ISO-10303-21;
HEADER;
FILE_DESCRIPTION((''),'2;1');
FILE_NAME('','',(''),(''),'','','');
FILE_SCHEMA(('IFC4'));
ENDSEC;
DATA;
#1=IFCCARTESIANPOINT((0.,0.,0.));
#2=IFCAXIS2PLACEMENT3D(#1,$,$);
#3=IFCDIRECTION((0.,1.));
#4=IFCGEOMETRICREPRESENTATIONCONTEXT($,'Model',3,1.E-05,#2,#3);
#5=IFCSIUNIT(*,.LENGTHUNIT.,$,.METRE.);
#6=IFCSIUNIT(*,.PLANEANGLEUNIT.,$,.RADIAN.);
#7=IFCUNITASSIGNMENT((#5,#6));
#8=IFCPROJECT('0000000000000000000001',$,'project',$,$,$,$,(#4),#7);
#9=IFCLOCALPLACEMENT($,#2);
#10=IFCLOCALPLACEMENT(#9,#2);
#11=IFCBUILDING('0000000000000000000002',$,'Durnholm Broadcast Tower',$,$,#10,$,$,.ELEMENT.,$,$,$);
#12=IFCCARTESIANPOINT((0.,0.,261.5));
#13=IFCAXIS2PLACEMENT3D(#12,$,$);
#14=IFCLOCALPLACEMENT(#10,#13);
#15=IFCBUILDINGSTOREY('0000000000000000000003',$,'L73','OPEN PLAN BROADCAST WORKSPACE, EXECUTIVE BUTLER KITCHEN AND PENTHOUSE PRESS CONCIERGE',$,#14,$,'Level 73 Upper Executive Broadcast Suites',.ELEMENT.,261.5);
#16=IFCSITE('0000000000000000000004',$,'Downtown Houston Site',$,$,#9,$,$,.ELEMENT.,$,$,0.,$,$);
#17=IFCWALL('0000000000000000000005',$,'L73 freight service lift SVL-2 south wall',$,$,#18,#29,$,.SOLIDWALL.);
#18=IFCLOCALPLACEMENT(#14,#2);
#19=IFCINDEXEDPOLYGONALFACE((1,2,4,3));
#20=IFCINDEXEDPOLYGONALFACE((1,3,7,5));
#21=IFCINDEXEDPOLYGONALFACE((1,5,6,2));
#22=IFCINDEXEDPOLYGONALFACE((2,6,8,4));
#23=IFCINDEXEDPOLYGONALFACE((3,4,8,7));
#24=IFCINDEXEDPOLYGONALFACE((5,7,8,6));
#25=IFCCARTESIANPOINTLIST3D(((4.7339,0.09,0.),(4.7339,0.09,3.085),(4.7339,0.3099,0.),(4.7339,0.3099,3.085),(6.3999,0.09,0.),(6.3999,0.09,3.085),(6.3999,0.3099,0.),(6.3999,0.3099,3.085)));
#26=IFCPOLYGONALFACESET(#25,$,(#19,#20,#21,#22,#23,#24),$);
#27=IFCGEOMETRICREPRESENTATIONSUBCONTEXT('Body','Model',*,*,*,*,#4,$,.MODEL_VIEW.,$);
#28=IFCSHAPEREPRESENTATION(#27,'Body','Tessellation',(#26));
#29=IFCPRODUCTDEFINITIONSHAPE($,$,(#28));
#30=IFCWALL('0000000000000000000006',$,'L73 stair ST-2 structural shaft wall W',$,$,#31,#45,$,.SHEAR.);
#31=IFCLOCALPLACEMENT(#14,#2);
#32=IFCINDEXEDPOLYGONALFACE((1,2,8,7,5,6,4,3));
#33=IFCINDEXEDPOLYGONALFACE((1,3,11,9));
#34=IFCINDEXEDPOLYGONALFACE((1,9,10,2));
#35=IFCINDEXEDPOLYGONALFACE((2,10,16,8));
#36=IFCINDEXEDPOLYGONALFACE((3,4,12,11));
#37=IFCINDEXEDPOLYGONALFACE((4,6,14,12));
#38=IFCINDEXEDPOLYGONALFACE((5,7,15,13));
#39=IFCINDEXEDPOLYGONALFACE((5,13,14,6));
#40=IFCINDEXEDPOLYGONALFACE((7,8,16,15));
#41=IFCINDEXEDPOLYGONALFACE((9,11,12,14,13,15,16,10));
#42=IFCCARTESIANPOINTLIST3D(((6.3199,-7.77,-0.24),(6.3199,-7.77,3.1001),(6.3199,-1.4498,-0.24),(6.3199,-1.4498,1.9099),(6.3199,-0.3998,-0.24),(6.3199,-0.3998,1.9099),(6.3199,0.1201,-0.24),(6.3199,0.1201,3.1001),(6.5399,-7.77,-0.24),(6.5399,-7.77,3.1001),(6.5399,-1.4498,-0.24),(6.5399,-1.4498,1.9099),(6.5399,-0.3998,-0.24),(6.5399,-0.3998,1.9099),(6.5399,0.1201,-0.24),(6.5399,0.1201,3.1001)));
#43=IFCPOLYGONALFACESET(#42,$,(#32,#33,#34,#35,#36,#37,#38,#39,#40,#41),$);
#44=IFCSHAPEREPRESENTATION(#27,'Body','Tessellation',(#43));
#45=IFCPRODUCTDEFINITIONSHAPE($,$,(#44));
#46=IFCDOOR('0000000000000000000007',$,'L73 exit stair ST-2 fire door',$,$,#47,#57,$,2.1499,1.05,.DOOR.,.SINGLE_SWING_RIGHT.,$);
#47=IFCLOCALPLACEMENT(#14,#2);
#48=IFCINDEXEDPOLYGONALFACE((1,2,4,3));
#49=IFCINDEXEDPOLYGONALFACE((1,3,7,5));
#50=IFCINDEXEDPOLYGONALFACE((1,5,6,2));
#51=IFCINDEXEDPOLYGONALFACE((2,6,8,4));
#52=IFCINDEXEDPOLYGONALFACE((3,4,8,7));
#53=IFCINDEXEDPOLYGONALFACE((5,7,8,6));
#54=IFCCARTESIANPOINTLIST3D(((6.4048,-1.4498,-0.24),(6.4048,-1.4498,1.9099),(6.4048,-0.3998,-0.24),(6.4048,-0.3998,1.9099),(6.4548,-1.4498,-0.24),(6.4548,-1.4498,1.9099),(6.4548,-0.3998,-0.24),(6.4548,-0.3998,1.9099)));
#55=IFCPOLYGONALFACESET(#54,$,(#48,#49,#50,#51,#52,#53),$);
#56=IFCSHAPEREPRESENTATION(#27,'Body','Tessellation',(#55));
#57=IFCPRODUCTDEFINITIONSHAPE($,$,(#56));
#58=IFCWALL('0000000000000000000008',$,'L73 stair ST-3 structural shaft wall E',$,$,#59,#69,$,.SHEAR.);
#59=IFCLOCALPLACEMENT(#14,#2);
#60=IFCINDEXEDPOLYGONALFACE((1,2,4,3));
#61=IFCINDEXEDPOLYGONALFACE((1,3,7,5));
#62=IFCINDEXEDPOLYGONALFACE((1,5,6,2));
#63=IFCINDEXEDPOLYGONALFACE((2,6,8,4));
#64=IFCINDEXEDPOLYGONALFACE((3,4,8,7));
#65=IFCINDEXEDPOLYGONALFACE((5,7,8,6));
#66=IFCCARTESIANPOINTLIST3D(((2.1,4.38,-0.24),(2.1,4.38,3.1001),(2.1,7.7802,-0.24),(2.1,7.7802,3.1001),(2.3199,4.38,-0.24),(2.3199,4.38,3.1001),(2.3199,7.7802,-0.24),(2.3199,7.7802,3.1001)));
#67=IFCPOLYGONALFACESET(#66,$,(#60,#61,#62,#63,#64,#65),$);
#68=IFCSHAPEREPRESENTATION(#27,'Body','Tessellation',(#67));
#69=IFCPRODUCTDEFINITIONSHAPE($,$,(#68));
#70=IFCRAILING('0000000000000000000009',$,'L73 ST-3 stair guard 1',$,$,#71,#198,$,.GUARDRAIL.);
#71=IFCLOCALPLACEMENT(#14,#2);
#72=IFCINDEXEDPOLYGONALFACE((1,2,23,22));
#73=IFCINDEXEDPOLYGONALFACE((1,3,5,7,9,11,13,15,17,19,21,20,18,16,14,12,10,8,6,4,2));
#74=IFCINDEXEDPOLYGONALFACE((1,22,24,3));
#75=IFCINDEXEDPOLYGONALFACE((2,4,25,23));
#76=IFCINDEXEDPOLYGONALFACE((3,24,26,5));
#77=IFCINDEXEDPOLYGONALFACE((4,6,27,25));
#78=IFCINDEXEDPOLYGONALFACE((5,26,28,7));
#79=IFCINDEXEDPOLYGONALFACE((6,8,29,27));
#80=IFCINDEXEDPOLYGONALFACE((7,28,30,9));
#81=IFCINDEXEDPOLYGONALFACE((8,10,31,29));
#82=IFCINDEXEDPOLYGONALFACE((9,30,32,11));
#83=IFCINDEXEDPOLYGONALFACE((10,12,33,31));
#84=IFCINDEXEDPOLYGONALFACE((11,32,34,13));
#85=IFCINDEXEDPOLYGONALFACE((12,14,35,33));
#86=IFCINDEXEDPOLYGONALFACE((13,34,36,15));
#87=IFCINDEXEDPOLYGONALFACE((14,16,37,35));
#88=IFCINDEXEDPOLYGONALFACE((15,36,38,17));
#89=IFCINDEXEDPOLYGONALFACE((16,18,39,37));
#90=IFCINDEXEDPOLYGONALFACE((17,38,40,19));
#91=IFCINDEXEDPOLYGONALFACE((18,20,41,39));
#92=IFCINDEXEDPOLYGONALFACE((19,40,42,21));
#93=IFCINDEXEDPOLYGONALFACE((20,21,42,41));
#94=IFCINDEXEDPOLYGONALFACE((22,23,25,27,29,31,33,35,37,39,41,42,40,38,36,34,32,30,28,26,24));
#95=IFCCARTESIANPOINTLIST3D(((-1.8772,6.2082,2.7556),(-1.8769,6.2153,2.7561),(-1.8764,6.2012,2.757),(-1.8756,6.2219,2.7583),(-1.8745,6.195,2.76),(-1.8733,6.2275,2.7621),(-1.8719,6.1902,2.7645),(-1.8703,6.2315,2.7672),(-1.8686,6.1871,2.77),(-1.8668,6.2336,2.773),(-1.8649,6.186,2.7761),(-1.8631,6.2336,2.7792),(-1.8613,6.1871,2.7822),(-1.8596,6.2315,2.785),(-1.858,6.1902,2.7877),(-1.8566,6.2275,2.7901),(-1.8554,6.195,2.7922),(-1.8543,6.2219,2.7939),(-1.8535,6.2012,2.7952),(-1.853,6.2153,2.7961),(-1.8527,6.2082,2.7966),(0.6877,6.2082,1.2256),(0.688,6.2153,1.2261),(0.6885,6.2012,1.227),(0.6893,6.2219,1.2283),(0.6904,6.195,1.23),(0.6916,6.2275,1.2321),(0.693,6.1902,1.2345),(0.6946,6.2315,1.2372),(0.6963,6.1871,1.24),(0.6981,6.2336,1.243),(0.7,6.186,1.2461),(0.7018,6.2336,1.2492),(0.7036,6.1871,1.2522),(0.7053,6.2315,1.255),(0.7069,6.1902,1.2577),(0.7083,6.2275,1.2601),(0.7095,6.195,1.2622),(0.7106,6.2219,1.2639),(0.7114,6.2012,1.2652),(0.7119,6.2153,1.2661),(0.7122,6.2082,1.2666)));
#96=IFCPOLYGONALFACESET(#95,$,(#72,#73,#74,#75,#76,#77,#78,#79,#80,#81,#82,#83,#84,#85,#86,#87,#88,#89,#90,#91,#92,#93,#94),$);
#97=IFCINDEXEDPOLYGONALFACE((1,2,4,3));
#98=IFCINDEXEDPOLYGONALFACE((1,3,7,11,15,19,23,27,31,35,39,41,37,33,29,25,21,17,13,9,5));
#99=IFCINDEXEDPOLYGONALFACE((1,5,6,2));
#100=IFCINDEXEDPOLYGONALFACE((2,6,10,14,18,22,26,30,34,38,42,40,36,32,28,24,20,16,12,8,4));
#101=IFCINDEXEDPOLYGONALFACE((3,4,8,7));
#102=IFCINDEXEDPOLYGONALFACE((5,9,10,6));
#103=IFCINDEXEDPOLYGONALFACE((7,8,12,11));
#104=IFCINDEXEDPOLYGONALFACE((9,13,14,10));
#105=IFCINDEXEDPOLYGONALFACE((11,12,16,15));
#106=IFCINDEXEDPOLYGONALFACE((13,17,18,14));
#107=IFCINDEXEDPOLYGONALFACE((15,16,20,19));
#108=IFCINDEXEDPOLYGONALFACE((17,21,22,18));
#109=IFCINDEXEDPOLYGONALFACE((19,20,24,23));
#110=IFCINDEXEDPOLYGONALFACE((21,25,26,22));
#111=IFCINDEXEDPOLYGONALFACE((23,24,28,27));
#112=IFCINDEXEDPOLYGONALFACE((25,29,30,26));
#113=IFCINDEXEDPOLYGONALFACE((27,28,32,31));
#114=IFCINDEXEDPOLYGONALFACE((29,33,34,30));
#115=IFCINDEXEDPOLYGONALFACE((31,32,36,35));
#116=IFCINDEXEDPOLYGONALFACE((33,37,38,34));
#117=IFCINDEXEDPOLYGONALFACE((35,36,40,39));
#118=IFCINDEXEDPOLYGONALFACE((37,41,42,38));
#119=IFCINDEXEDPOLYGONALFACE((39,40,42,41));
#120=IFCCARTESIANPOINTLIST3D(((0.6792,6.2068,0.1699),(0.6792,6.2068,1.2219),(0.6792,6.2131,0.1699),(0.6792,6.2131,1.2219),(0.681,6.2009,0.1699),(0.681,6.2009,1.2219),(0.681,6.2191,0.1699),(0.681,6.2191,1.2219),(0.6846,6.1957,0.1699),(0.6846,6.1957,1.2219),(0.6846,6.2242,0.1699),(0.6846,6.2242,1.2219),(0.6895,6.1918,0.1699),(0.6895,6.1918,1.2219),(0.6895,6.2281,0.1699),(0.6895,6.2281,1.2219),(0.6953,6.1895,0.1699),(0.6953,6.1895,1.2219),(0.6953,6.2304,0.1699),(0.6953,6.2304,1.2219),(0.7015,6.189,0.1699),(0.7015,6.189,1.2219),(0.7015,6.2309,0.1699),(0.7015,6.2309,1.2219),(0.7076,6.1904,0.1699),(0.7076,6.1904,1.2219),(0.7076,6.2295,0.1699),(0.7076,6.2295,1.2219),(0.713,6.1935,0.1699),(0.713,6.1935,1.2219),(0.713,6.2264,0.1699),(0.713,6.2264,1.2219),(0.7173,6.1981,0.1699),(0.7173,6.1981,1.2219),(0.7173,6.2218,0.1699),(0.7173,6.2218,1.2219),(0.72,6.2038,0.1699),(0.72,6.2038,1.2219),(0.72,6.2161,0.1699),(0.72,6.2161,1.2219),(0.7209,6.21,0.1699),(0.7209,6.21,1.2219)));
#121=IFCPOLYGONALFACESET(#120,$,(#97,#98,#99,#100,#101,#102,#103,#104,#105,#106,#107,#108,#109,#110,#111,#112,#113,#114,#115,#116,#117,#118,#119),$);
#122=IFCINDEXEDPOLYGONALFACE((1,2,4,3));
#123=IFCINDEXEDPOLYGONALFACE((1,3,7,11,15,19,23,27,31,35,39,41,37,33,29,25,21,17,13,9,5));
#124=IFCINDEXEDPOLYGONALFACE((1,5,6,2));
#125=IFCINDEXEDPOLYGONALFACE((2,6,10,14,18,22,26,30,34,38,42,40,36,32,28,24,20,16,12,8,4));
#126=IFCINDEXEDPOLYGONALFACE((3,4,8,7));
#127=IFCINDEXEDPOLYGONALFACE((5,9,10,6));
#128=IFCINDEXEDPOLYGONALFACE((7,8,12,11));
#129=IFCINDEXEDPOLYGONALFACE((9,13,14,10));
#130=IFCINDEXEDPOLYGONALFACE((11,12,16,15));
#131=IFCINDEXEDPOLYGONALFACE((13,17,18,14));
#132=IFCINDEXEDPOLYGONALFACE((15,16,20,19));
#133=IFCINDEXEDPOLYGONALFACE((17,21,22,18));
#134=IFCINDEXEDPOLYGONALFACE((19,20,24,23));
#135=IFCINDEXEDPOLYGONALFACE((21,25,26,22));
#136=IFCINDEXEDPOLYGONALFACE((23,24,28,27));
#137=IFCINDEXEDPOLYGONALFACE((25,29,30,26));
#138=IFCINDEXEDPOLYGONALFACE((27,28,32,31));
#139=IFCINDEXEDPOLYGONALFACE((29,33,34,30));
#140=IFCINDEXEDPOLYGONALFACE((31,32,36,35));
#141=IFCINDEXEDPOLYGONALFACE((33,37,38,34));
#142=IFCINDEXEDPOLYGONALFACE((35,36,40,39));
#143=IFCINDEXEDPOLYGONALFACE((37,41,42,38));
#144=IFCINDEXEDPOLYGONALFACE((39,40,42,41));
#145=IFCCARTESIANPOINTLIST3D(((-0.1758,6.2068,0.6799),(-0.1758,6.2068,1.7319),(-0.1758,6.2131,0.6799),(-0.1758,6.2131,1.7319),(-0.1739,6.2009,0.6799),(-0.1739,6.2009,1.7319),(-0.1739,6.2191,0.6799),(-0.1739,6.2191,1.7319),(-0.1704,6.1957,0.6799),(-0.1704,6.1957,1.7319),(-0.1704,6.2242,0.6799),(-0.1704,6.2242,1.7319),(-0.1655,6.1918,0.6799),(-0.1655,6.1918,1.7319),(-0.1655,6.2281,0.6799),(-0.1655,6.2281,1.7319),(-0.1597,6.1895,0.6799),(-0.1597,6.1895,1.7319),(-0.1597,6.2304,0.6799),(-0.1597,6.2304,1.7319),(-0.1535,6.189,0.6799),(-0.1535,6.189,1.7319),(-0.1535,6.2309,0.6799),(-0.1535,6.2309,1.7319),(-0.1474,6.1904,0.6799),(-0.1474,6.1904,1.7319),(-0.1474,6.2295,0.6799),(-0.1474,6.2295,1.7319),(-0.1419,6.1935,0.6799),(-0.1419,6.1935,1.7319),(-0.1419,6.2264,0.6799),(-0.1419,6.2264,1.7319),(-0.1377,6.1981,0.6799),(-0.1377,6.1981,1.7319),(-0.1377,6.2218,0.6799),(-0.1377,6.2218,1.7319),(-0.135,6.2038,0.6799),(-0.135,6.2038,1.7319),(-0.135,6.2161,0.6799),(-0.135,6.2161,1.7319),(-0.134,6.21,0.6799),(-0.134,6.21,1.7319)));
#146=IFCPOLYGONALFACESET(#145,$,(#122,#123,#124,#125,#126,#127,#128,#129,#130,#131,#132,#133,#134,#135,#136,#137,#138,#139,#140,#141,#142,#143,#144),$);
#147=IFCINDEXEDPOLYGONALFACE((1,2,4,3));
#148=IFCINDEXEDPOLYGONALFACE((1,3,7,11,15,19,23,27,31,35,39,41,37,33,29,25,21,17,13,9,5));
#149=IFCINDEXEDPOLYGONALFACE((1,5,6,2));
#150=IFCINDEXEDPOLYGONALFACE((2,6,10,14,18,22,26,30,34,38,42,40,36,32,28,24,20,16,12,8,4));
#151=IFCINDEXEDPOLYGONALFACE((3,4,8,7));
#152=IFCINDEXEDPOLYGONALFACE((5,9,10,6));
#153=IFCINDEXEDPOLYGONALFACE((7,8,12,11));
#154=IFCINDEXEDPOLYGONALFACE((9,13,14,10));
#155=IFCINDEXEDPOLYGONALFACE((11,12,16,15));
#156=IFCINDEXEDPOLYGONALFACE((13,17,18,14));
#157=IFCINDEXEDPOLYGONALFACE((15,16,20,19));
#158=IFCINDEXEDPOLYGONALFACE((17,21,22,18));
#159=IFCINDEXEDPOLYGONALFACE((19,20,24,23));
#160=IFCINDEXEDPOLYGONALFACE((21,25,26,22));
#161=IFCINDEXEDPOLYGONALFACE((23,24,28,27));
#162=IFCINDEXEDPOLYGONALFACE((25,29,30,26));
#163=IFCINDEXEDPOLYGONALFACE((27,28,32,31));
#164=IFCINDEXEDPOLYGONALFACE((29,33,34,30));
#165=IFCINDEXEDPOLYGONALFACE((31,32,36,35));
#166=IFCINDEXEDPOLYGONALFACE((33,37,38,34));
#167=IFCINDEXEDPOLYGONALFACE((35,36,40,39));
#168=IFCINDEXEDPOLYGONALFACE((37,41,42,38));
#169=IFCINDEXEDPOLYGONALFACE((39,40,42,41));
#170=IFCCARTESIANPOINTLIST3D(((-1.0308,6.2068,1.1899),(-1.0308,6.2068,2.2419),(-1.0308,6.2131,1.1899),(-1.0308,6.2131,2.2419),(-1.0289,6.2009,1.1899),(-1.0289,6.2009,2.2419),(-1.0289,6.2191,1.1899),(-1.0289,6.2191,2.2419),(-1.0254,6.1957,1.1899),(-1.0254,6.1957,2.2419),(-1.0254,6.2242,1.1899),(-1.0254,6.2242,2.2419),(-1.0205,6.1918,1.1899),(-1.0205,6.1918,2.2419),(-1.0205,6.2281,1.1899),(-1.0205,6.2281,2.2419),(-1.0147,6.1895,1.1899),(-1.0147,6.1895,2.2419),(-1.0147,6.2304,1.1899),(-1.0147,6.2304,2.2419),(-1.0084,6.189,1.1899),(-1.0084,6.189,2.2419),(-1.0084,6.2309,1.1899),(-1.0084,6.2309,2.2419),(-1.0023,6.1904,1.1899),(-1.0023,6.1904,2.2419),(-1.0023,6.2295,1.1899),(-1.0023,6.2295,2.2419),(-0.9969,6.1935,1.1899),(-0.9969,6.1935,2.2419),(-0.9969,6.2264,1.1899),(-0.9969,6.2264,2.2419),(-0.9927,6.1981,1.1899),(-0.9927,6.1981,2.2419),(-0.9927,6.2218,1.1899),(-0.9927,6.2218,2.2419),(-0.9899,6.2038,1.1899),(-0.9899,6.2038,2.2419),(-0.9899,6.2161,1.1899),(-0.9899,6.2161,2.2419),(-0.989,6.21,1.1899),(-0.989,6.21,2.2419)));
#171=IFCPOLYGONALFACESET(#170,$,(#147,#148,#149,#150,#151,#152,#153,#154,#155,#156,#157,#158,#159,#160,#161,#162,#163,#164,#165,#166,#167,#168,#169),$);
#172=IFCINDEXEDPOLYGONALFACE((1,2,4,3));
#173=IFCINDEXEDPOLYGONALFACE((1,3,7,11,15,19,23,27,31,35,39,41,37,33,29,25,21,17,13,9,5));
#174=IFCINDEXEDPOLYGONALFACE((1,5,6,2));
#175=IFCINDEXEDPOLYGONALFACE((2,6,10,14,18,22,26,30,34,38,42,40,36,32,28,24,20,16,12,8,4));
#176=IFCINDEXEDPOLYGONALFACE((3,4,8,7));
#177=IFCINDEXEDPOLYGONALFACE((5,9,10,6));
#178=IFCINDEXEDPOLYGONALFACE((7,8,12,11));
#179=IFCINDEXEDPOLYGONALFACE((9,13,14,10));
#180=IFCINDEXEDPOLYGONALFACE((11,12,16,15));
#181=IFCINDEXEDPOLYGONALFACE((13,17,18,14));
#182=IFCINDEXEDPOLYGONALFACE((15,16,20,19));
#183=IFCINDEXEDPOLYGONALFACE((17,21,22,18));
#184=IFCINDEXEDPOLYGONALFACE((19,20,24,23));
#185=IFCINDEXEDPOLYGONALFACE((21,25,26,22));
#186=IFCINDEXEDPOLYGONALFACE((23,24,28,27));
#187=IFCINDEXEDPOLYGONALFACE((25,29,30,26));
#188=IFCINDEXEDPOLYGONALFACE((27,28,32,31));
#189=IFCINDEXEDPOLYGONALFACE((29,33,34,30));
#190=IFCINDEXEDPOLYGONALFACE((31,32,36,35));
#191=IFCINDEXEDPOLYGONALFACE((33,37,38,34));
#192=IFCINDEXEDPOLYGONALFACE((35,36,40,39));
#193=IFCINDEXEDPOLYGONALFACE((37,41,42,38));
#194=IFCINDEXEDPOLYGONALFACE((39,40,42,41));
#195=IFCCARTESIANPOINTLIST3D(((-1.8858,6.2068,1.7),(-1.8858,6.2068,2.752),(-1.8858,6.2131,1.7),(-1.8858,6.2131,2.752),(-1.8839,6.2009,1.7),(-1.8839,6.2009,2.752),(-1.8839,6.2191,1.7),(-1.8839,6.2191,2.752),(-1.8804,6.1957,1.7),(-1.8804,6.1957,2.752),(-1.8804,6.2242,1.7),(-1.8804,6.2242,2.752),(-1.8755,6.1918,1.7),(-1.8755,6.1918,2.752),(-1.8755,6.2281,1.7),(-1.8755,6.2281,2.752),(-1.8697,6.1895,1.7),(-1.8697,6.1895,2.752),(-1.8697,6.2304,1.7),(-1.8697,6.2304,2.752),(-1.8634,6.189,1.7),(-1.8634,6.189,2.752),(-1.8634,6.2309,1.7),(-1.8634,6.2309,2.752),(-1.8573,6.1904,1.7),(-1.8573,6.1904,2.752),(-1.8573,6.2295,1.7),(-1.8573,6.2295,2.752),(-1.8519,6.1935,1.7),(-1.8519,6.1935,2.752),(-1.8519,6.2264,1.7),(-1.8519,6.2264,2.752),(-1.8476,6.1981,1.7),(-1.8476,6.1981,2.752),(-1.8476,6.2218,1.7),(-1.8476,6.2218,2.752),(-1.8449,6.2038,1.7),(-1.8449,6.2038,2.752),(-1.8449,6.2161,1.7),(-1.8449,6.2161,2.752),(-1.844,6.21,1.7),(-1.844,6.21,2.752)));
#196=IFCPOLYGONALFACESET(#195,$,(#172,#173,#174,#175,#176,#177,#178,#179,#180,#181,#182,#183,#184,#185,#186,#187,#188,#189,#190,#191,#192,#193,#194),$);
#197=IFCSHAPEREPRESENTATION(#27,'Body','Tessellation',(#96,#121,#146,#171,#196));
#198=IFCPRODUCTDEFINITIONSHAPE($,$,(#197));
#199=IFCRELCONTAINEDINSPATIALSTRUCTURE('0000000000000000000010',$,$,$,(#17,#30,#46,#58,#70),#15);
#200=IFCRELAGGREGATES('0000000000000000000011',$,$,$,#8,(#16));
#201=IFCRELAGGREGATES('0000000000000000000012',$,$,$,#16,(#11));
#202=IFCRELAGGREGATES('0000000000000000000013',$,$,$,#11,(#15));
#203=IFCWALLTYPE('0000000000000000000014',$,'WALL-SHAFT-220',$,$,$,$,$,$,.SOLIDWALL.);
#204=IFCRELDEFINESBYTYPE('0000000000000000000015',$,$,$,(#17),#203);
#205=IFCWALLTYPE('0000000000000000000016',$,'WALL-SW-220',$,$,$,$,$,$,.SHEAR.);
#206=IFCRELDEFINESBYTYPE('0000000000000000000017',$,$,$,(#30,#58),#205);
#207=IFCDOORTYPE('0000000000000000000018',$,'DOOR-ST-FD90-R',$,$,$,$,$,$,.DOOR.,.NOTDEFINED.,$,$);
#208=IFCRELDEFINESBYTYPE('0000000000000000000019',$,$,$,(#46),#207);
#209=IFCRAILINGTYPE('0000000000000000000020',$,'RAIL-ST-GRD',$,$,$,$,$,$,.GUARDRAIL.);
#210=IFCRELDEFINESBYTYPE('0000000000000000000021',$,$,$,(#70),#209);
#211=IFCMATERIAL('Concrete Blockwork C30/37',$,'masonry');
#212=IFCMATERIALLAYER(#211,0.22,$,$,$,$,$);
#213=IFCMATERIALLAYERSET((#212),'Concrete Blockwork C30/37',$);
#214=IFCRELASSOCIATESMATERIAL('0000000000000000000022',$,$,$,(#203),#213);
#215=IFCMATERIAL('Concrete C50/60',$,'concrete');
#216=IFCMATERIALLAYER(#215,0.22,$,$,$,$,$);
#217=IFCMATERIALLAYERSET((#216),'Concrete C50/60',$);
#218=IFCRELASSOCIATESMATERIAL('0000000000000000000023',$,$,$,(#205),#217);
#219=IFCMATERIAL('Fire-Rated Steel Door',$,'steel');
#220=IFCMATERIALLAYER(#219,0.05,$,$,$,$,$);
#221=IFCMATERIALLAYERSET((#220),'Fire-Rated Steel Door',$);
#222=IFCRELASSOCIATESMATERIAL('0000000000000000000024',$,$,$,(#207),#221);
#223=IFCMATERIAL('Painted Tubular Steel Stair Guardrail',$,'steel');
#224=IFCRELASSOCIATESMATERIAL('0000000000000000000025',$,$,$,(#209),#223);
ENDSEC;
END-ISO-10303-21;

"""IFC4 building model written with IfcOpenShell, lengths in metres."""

from ifc_helpers import new_model, si_unit, direction, frame, frame_2d, origin, origin_2d, place, context, subcontext, project, spatial, rectangle, circle, extrude, source, transform, mapped, material, layer, layer_set, type_object, type_shapes, element, fill, save


model = new_model("IFC4")

# Units and contexts
model_context = context("Model", 3, precision=1e-05, world=origin(), true_north=direction((0.0, 1.0)))
body_context = subcontext(model_context, "Body", "Model", "MODEL_VIEW")
ifc_project = project(units=[si_unit("LENGTHUNIT", "METRE"), si_unit("PLANEANGLEUNIT", "RADIAN")], contexts=[model_context])

# Site, building, storey
site_placement = place(None, origin())
site = spatial("IfcSite", under=ifc_project, at=site_placement, Name="Downtown Houston Site", CompositionType="ELEMENT", RefElevation=0.0)
building_placement = place(site_placement, origin())
building = spatial("IfcBuilding", under=site, at=building_placement, Name="Durnholm Broadcast Tower", CompositionType="ELEMENT")
storey_placement = place(building_placement, frame((0.0, 0.0, 261.5)))
storey = spatial("IfcBuildingStorey", under=building, at=storey_placement, Name="L73", Description="OPEN PLAN BROADCAST WORKSPACE, EXECUTIVE BUTLER KITCHEN AND PENTHOUSE PRESS CONCIERGE", LongName="Level 73 Upper Executive Broadcast Suites", CompositionType="ELEMENT", Elevation=261.5)

# Shared definitions
ifc_material_1 = material(Name="Concrete C50/60", Category="concrete")

# Shared definitions
ifc_material_2 = material(Name="Concrete Blockwork C30/37", Category="masonry")
ifc_layer_1 = layer(ifc_material_2, 0.22)
ifc_layer_set_1 = layer_set([ifc_layer_1], Name="Concrete Blockwork C30/37")
wall_type_1 = type_object("IfcWallType", Name="WALL-SHAFT-220", PredefinedType="SOLIDWALL", material=ifc_layer_set_1)

# Wall
wall_1_placement = place(storey_placement, frame((4.7339, 0.2, 0.0), z_axis=(0.0, 0.0, 1.0), x_axis=(1.0, 0.0, 0.0)))
element("IfcWall", 1, at=wall_1_placement, inside=storey, type_object=wall_type_1, Name="L73 freight service lift SVL-2 south wall", PredefinedType="SOLIDWALL", context=body_context, shape_type="SweptSolid", body=[
    extrude(rectangle(XDim=1.666, YDim=0.22, at=frame_2d((0.833, 0.0))), origin(), (0.0, 0.0, 1.0), 3.085),
])

# Wall, opening, door
ifc_layer_2 = layer(ifc_material_1, 0.22)
ifc_layer_set_2 = layer_set([ifc_layer_2], Name="Concrete C50/60")
wall_type_2 = type_object("IfcWallType", Name="WALL-SW-220", PredefinedType="SHEAR", material=ifc_layer_set_2)
wall_2_placement = place(storey_placement, frame((6.4299, 0.1201, -0.24), z_axis=(0.0, 0.0, 1.0), x_axis=(0.0, -1.0, 0.0)))
wall_2 = element("IfcWall", 2, at=wall_2_placement, inside=storey, type_object=wall_type_2, Name="L73 stair ST-2 structural shaft wall W", PredefinedType="SHEAR", context=body_context, shape_type="SweptSolid", body=[
    extrude(rectangle(XDim=7.8901, YDim=0.22, at=frame_2d((3.9451, 0.0))), origin(), (0.0, 0.0, 1.0), 3.3401),
])
opening_1_placement = place(wall_2_placement, frame((0.52, 0.0, 0.0)))
opening_1 = element("IfcOpeningElement", 3, at=opening_1_placement, cuts=wall_2, PredefinedType="OPENING", context=body_context, shape_type="SweptSolid", body=[
    extrude(rectangle(XDim=1.05, YDim=2.1499, at=frame_2d((0.5249, 1.075))), frame((0.0, 0.1201, 0.0), z_axis=(0.0, -1.0, 0.0), x_axis=(1.0, 0.0, 0.0)), (0.0, 0.0, 1.0), 0.24),
])
ifc_material_3 = material(Name="Fire-Rated Steel Door", Category="steel")
ifc_layer_3 = layer(ifc_material_3, 0.05)
ifc_layer_set_3 = layer_set([ifc_layer_3], Name="Fire-Rated Steel Door")
door_type_1 = type_object("IfcDoorType", Name="DOOR-ST-FD90-R", OperationType="NOTDEFINED", PredefinedType="DOOR", material=ifc_layer_set_3)
shared_shape_1 = source(origin(), body_context, "Body", "SweptSolid", [
    extrude(rectangle(XDim=1.05, YDim=2.1499, at=frame_2d((0.5249, 1.075))), frame((0.0, 0.0249, 0.0), z_axis=(0.0, -1.0, 0.0), x_axis=(1.0, 0.0, 0.0)), (0.0, 0.0, 1.0), 0.05),
])
type_shapes(door_type_1, [shared_shape_1])
door_1_placement = place(opening_1_placement, origin())
door_1 = element("IfcDoor", 4, at=door_1_placement, inside=storey, type_object=door_type_1, Name="L73 exit stair ST-2 fire door", OperationType="SINGLE_SWING_RIGHT", OverallHeight=2.1499, OverallWidth=1.05, PredefinedType="DOOR", context=body_context, shape_type="MappedRepresentation", body=[
    mapped(shared_shape_1, transform((0.0, 0.0, 0.0), x_axis=(1.0, 0.0, 0.0), y_axis=(0.0, 1.0, 0.0), z_axis=(0.0, 0.0, 1.0), scale=1.0)),
])
fill(opening_1, door_1)

# Wall
wall_3_placement = place(storey_placement, frame((2.21, 4.3799, -0.24), z_axis=(0.0, 0.0, 1.0), x_axis=(0.0, 1.0, 0.0)))
element("IfcWall", 5, at=wall_3_placement, inside=storey, type_object=wall_type_2, Name="L73 stair ST-3 structural shaft wall E", PredefinedType="SHEAR", context=body_context, shape_type="SweptSolid", body=[
    extrude(rectangle(XDim=3.4001, YDim=0.22, at=frame_2d((1.7002, 0.0))), origin(), (0.0, 0.0, 1.0), 3.3401),
])

# Railing
ifc_material_4 = material(Name="Painted Tubular Steel Stair Guardrail", Category="steel")
railing_type = type_object("IfcRailingType", Name="RAIL-ST-GRD", PredefinedType="GUARDRAIL", material=ifc_material_4)
railing_1_placement = place(storey_placement, frame((0.7, 6.21, 0.1699)))
element("IfcRailing", 6, at=railing_1_placement, inside=storey, type_object=railing_type, Name="L73 ST-3 stair guard 1", PredefinedType="GUARDRAIL", context=body_context, shape_type="SweptSolid", body=[
    extrude(circle(Radius=0.0239, at=origin_2d()), frame((0.0, 0.0, 1.0762), z_axis=(-0.85881, 0.0, 0.512294), x_axis=(0.0, -1.0, 0.0)), (0.0, 0.0, 1.0), 2.9866),
    extrude(circle(Radius=0.021, at=origin_2d()), origin(), (0.0, 0.0, 1.0), 1.052),
    extrude(circle(Radius=0.021, at=origin_2d()), frame((-0.855, 0.0, 0.51)), (0.0, 0.0, 1.0), 1.052),
    extrude(circle(Radius=0.021, at=origin_2d()), frame((-1.71, 0.0, 1.02)), (0.0, 0.0, 1.0), 1.052),
    extrude(circle(Radius=0.021, at=origin_2d()), frame((-2.5649, 0.0, 1.53)), (0.0, 0.0, 1.0), 1.052),
])

save(model, "model.ifc")
